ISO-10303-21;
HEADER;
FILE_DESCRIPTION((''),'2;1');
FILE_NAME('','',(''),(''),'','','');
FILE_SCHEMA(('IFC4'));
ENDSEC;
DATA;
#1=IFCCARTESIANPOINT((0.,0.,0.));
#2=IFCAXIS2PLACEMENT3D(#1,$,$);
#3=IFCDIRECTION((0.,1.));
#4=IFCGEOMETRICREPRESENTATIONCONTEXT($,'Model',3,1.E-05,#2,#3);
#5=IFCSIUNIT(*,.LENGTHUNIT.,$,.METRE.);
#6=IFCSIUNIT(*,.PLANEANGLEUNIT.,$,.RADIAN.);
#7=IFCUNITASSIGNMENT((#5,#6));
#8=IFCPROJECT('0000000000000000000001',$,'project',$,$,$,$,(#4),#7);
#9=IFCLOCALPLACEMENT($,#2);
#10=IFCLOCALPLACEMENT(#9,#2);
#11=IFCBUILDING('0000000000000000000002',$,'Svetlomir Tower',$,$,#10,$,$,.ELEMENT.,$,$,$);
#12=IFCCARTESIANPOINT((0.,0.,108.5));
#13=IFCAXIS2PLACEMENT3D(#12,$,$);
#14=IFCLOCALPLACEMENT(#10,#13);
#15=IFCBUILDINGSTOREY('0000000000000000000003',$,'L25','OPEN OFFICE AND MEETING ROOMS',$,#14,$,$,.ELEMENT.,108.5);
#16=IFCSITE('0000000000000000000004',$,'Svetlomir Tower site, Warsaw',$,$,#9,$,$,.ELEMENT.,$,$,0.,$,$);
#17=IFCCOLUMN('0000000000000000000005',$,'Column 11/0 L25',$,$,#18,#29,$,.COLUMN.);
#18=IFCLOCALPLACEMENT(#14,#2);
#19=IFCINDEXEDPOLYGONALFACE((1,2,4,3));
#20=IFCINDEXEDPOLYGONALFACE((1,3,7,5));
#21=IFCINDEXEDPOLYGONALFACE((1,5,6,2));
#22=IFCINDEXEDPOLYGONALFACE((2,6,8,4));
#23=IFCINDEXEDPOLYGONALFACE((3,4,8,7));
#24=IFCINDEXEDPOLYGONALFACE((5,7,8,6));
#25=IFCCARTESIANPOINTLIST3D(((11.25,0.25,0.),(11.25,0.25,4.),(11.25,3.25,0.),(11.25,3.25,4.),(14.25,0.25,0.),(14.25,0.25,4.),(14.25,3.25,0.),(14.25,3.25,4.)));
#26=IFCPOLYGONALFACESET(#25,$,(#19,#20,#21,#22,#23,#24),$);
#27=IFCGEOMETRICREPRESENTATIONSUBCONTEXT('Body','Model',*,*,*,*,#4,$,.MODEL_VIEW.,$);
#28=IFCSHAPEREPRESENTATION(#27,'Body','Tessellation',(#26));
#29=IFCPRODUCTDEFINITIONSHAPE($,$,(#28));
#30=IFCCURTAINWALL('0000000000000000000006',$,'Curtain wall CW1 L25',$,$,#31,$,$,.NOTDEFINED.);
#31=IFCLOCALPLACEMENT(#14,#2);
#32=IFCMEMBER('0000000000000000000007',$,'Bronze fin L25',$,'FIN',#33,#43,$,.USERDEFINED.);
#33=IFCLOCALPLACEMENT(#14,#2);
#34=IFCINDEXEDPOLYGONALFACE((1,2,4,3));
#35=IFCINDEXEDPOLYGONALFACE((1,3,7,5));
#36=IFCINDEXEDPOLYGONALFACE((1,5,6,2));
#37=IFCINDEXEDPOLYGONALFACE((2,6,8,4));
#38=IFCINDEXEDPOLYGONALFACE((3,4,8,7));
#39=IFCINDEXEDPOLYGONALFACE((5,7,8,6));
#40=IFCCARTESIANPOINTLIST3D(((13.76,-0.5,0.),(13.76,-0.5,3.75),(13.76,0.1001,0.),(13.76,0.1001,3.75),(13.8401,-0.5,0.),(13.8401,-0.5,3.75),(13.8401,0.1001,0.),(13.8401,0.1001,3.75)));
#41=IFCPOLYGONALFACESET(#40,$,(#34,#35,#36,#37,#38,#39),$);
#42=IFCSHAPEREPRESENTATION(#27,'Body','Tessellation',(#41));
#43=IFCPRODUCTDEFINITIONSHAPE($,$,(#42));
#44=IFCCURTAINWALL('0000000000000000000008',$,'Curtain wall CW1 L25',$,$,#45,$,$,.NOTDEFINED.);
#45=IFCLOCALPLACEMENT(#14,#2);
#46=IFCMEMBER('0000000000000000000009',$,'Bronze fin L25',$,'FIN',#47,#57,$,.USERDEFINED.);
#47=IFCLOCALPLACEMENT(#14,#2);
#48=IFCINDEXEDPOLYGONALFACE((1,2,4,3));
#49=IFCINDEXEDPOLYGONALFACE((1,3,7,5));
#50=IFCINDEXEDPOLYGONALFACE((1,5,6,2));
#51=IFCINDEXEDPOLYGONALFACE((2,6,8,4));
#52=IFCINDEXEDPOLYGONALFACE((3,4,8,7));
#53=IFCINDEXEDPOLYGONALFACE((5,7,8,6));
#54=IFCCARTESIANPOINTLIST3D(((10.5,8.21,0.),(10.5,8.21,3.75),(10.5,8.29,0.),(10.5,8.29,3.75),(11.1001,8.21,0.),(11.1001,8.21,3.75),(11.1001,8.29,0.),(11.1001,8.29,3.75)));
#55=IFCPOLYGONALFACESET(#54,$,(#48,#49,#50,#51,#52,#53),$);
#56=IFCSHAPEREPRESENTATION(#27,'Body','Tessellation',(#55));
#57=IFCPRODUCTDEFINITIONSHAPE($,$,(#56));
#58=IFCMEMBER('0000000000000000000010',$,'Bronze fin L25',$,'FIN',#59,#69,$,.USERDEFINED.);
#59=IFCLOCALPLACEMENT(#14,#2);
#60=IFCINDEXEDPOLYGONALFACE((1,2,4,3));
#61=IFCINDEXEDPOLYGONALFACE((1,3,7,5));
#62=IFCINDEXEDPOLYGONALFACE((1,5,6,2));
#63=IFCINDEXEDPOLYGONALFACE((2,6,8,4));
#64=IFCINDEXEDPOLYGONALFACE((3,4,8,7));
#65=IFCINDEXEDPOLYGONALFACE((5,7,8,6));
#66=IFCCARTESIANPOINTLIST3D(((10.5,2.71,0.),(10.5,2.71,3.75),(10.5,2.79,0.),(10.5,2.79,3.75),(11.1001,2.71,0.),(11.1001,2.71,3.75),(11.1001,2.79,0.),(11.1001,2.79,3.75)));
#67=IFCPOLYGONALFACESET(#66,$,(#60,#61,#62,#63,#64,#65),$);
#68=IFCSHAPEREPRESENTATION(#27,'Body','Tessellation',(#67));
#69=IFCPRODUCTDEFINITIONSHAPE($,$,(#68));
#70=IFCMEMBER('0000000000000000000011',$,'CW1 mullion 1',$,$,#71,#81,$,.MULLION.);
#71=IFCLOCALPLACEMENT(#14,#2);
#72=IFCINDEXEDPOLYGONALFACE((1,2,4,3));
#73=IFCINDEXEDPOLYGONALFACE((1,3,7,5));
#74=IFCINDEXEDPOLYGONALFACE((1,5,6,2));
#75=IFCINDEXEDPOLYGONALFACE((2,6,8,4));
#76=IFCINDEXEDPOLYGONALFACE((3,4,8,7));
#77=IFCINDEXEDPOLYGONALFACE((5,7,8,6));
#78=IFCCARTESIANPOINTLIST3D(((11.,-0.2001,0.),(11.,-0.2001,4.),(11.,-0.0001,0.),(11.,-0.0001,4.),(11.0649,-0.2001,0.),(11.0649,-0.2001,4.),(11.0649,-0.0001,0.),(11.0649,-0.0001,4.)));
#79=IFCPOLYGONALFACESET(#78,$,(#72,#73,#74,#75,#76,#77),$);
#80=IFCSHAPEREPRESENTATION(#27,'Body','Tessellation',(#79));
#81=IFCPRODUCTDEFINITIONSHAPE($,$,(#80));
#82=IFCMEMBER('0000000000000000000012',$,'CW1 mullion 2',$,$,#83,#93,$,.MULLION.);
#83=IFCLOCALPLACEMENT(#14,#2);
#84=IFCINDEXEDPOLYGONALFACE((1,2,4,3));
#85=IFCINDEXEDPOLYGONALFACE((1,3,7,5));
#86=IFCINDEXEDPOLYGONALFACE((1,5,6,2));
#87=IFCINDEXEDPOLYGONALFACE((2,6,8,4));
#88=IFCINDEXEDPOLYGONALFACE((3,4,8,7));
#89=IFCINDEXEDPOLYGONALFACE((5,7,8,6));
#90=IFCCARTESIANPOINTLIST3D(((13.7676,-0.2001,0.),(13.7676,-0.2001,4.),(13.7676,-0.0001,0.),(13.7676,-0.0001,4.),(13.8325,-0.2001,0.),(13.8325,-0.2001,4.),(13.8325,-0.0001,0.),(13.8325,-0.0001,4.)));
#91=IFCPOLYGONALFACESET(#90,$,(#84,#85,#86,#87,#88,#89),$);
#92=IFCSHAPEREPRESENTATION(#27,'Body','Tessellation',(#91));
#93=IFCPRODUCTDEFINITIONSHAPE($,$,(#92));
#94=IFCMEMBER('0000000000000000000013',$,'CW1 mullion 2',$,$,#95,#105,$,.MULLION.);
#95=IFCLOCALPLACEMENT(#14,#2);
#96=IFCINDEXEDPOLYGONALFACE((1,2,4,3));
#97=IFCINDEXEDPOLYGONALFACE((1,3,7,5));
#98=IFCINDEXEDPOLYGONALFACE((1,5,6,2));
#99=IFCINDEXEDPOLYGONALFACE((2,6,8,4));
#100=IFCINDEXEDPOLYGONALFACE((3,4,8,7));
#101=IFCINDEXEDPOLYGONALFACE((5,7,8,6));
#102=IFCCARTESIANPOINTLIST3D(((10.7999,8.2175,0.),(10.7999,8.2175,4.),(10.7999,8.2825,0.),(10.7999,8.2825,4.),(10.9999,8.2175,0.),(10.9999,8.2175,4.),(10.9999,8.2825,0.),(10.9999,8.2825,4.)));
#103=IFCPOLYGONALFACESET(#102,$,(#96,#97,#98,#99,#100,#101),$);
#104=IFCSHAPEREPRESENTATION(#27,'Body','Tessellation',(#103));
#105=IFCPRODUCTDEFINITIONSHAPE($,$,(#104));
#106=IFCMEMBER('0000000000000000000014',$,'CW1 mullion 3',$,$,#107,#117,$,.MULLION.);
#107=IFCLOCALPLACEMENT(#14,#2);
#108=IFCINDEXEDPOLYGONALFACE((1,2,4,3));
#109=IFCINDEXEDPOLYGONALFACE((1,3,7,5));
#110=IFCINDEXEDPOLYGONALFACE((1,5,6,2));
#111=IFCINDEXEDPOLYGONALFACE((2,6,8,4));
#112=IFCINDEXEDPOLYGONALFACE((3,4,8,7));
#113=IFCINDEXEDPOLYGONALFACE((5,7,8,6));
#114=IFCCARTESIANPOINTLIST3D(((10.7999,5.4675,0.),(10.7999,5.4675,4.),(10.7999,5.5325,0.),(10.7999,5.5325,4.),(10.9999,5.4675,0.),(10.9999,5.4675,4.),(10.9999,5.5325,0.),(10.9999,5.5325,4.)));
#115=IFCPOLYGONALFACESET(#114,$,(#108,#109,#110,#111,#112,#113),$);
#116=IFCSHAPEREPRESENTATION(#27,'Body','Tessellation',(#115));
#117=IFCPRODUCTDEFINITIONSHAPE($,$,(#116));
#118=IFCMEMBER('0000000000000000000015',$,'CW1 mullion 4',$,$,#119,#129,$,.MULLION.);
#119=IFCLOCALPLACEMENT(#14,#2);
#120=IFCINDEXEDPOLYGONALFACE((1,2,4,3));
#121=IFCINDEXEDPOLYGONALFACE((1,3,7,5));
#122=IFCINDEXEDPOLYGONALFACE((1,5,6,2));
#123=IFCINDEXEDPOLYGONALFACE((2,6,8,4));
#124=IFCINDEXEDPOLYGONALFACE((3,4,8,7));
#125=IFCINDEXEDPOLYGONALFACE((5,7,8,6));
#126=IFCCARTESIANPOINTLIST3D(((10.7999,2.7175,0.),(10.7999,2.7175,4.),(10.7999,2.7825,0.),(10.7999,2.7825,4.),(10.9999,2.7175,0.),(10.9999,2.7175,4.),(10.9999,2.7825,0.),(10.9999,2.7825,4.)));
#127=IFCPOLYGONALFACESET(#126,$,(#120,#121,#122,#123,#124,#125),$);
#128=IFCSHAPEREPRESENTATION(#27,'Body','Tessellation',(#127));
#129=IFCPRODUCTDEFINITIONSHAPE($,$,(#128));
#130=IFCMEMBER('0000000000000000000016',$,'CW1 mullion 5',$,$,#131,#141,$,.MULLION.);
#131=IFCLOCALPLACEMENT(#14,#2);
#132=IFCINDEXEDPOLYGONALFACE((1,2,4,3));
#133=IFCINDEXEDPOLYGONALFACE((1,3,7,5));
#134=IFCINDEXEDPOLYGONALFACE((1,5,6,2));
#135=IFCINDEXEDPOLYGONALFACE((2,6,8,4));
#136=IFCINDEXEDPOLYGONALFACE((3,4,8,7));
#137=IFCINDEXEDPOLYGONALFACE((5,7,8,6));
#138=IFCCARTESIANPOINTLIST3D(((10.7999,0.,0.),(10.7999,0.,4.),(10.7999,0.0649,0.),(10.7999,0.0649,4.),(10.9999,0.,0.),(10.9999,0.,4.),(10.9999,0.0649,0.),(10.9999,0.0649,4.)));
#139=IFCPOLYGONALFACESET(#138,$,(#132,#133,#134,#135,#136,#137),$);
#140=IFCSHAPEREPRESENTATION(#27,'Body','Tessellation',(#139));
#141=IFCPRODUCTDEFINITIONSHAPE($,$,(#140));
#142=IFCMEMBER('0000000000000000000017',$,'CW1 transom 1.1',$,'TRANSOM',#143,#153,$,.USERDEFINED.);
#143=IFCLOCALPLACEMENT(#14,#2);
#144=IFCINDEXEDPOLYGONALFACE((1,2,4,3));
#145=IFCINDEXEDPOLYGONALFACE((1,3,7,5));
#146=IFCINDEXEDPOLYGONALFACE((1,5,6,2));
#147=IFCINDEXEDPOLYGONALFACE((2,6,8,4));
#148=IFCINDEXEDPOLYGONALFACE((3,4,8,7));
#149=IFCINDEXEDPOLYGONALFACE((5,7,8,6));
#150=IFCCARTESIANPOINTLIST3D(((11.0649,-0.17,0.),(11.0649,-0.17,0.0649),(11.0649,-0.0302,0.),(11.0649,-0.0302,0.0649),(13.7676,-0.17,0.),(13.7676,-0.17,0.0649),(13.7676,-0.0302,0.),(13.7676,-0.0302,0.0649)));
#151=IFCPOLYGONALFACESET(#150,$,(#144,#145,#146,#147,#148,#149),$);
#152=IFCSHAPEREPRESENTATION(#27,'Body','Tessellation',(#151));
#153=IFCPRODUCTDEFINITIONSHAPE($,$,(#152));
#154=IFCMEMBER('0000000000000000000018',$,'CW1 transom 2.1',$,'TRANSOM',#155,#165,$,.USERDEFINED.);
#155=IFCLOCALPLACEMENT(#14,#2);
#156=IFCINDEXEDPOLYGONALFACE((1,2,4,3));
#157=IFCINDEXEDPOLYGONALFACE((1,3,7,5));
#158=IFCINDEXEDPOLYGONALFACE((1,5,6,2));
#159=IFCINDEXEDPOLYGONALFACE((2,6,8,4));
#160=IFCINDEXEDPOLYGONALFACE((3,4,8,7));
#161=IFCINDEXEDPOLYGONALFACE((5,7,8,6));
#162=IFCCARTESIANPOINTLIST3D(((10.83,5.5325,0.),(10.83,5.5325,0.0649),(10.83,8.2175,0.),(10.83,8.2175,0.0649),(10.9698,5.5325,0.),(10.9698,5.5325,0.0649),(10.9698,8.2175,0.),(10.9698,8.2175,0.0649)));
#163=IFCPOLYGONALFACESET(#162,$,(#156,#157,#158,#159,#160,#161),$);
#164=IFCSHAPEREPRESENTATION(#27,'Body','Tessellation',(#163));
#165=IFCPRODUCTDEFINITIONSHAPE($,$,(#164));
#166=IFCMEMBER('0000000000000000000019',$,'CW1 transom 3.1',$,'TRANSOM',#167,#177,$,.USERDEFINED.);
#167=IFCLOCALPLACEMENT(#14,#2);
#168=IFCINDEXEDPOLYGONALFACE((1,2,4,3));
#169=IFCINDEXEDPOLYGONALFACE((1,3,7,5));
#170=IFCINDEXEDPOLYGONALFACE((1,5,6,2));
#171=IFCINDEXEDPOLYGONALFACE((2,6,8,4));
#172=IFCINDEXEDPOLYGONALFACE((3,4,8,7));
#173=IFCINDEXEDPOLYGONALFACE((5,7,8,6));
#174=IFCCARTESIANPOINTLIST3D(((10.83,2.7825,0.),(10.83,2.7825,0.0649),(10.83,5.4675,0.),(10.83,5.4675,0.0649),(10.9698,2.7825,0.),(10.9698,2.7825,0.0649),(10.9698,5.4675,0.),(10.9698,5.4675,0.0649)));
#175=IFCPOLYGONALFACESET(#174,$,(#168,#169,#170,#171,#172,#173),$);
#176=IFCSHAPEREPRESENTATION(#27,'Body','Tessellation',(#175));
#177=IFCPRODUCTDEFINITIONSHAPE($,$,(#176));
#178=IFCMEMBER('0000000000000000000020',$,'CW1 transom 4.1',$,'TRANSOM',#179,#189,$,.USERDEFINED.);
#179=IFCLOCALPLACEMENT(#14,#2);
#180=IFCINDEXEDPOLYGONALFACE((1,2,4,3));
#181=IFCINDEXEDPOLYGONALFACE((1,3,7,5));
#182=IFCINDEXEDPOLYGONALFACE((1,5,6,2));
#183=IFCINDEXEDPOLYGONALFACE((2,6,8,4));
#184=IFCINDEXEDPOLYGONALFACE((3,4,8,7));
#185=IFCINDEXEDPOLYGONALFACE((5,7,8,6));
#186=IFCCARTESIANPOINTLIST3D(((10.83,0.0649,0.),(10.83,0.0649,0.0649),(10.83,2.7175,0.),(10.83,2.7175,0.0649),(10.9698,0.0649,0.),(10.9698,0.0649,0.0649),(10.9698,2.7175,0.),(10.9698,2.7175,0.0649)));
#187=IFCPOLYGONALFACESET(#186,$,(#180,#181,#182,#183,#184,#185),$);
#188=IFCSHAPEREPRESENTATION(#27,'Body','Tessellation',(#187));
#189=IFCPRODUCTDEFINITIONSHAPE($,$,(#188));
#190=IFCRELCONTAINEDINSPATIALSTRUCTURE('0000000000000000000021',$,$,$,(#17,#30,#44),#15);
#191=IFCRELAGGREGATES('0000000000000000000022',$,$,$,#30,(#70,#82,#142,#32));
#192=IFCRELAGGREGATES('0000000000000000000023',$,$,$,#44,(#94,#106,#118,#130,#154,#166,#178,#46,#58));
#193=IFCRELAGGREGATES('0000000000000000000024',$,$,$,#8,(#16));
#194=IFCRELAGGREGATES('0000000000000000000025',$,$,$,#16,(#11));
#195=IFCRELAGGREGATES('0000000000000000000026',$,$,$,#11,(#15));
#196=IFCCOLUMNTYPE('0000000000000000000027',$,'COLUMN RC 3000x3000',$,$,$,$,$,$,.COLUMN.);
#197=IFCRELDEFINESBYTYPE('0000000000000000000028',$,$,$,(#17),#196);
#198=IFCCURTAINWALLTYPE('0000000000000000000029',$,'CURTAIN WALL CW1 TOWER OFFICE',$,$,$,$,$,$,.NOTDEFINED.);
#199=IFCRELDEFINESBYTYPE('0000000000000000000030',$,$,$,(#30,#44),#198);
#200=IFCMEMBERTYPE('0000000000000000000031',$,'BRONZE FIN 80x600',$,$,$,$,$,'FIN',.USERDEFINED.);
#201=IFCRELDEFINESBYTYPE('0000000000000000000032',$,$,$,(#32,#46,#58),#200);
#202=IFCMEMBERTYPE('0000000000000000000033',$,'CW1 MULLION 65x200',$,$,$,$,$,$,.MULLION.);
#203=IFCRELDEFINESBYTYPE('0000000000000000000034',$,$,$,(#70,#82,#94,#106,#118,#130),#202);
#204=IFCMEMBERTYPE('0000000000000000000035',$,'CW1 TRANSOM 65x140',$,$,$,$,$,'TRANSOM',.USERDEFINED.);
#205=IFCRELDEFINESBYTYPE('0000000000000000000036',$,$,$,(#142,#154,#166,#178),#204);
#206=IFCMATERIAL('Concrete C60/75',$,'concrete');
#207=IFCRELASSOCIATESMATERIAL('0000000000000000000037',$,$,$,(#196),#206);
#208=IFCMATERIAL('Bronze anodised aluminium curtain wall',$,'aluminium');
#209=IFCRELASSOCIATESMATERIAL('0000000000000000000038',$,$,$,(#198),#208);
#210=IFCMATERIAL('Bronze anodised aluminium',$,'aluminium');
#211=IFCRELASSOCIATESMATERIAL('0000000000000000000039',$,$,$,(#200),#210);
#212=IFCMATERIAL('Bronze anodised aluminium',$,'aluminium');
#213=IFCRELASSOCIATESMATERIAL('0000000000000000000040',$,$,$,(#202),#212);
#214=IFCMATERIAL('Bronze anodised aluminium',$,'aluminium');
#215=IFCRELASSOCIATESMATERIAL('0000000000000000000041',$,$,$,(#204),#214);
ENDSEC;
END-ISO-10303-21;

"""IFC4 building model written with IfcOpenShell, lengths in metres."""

from ifc_helpers import new_model, si_unit, direction, frame, origin, origin_2d, place, context, subcontext, project, spatial, rectangle, extrude, material, material_profile, profile_set, type_object, element, aggregate, save


model = new_model("IFC4")

# Units and contexts
model_context = context("Model", 3, precision=1e-05, world=origin(), true_north=direction((0.0, 1.0)))
body_context = subcontext(model_context, "Body", "Model", "MODEL_VIEW")
ifc_project = project(units=[si_unit("LENGTHUNIT", "METRE"), si_unit("PLANEANGLEUNIT", "RADIAN")], contexts=[model_context])

# Site, building, storey
site_placement = place(None, origin())
site = spatial("IfcSite", under=ifc_project, at=site_placement, Name="Svetlomir Tower site, Warsaw", CompositionType="ELEMENT", RefElevation=0.0)
building_placement = place(site_placement, origin())
building = spatial("IfcBuilding", under=site, at=building_placement, Name="Svetlomir Tower", CompositionType="ELEMENT")
storey_placement = place(building_placement, frame((0.0, 0.0, 108.5)))
storey = spatial("IfcBuildingStorey", under=building, at=storey_placement, Name="L25", Description="OPEN OFFICE AND MEETING ROOMS", CompositionType="ELEMENT", Elevation=108.5)

# Column
ifc_material_1 = material(Name="Concrete C60/75", Category="concrete")
ifc_material_profile_1 = material_profile(ifc_material_1, rectangle(XDim=3.0, YDim=3.0, at=origin_2d()), Name="RC 3000x3000")
ifc_profile_set_1 = profile_set([ifc_material_profile_1], Name="Concrete C60/75")
column_type = type_object("IfcColumnType", Name="COLUMN RC 3000x3000", PredefinedType="COLUMN", material=ifc_profile_set_1)
column_placement = place(storey_placement, frame((12.75, 1.75, 0.0), z_axis=(0.0, 0.0, 1.0), x_axis=(1.0, 0.0, 0.0)))
element("IfcColumn", 1, at=column_placement, inside=storey, type_object=column_type, Name="Column 11/0 L25", PredefinedType="COLUMN", context=body_context, shape_type="SweptSolid", body=[
    extrude(rectangle(XDim=3.0, YDim=3.0, at=origin_2d()), origin(), (0.0, 0.0, 1.0), 4.0),
])

# Curtain wall, member
ifc_material_2 = material(Name="Bronze anodised aluminium curtain wall", Category="aluminium")
curtain_wall_type = type_object("IfcCurtainWallType", Name="CURTAIN WALL CW1 TOWER OFFICE", PredefinedType="NOTDEFINED", material=ifc_material_2)
curtain_wall_1_placement = place(storey_placement, origin())
curtain_wall_1 = element("IfcCurtainWall", 2, at=curtain_wall_1_placement, inside=storey, type_object=curtain_wall_type, Name="Curtain wall CW1 L25", PredefinedType="NOTDEFINED")
ifc_material_3 = material(Name="Bronze anodised aluminium", Category="aluminium")
ifc_material_profile_2 = material_profile(ifc_material_3, rectangle(XDim=0.0801, YDim=0.6001, at=origin_2d()), Name="FIN 80x600")
ifc_profile_set_2 = profile_set([ifc_material_profile_2], Name="Bronze anodised aluminium 6063-T6")
member_type_1 = type_object("IfcMemberType", Name="BRONZE FIN 80x600", ElementType="FIN", PredefinedType="USERDEFINED", material=ifc_profile_set_2)
member_1_placement = place(storey_placement, frame((13.8, -0.2, 0.0), z_axis=(0.0, 0.0, 1.0), x_axis=(1.0, 0.0, 0.0)))
member_1 = element("IfcMember", 3, at=member_1_placement, type_object=member_type_1, Name="Bronze fin L25", ObjectType="FIN", PredefinedType="USERDEFINED", context=body_context, shape_type="SweptSolid", body=[
    extrude(rectangle(XDim=0.0801, YDim=0.6001, at=origin_2d()), origin(), (0.0, 0.0, 1.0), 3.75),
])

# Curtain wall, members
curtain_wall_2_placement = place(storey_placement, origin())
curtain_wall_2 = element("IfcCurtainWall", 4, at=curtain_wall_2_placement, inside=storey, type_object=curtain_wall_type, Name="Curtain wall CW1 L25", PredefinedType="NOTDEFINED")
member_2_placement = place(storey_placement, frame((10.8, 8.25, 0.0), z_axis=(0.0, 0.0, 1.0), x_axis=(0.0, 1.0, 0.0)))
member_2 = element("IfcMember", 5, at=member_2_placement, type_object=member_type_1, Name="Bronze fin L25", ObjectType="FIN", PredefinedType="USERDEFINED", context=body_context, shape_type="SweptSolid", body=[
    extrude(rectangle(XDim=0.0801, YDim=0.6001, at=origin_2d()), origin(), (0.0, 0.0, 1.0), 3.75),
])
member_3_placement = place(storey_placement, frame((10.8, 2.75, 0.0), z_axis=(0.0, 0.0, 1.0), x_axis=(0.0, 1.0, 0.0)))
member_3 = element("IfcMember", 6, at=member_3_placement, type_object=member_type_1, Name="Bronze fin L25", ObjectType="FIN", PredefinedType="USERDEFINED", context=body_context, shape_type="SweptSolid", body=[
    extrude(rectangle(XDim=0.0801, YDim=0.6001, at=origin_2d()), origin(), (0.0, 0.0, 1.0), 3.75),
])

# Members
ifc_material_4 = material(Name="Bronze anodised aluminium", Category="aluminium")
ifc_material_profile_3 = material_profile(ifc_material_4, rectangle(XDim=0.0649, YDim=0.2, at=origin_2d()), Name="AL 65x200")
ifc_profile_set_3 = profile_set([ifc_material_profile_3], Name="Bronze anodised aluminium 6063-T6")
member_type_2 = type_object("IfcMemberType", Name="CW1 MULLION 65x200", PredefinedType="MULLION", material=ifc_profile_set_3)
member_4_placement = place(storey_placement, frame((11.0325, -0.1001, 0.0), z_axis=(0.0, 0.0, 1.0), x_axis=(1.0, 0.0, 0.0)))
member_4 = element("IfcMember", 7, at=member_4_placement, type_object=member_type_2, Name="CW1 mullion 1", PredefinedType="MULLION", context=body_context, shape_type="SweptSolid", body=[
    extrude(rectangle(XDim=0.0649, YDim=0.2, at=origin_2d()), origin(), (0.0, 0.0, 1.0), 4.0),
])
member_5_placement = place(storey_placement, frame((13.8, -0.1001, 0.0), z_axis=(0.0, 0.0, 1.0), x_axis=(1.0, 0.0, 0.0)))
member_5 = element("IfcMember", 8, at=member_5_placement, type_object=member_type_2, Name="CW1 mullion 2", PredefinedType="MULLION", context=body_context, shape_type="SweptSolid", body=[
    extrude(rectangle(XDim=0.0649, YDim=0.2, at=origin_2d()), origin(), (0.0, 0.0, 1.0), 4.0),
])
member_6_placement = place(storey_placement, frame((10.8999, 8.25, 0.0), z_axis=(0.0, 0.0, 1.0), x_axis=(0.0, -1.0, 0.0)))
member_6 = element("IfcMember", 9, at=member_6_placement, type_object=member_type_2, Name="CW1 mullion 2", PredefinedType="MULLION", context=body_context, shape_type="SweptSolid", body=[
    extrude(rectangle(XDim=0.0649, YDim=0.2, at=origin_2d()), origin(), (0.0, 0.0, 1.0), 4.0),
])
member_7_placement = place(storey_placement, frame((10.8999, 5.5, 0.0), z_axis=(0.0, 0.0, 1.0), x_axis=(0.0, -1.0, 0.0)))
member_7 = element("IfcMember", 10, at=member_7_placement, type_object=member_type_2, Name="CW1 mullion 3", PredefinedType="MULLION", context=body_context, shape_type="SweptSolid", body=[
    extrude(rectangle(XDim=0.0649, YDim=0.2, at=origin_2d()), origin(), (0.0, 0.0, 1.0), 4.0),
])
member_8_placement = place(storey_placement, frame((10.8999, 2.75, 0.0), z_axis=(0.0, 0.0, 1.0), x_axis=(0.0, -1.0, 0.0)))
member_8 = element("IfcMember", 11, at=member_8_placement, type_object=member_type_2, Name="CW1 mullion 4", PredefinedType="MULLION", context=body_context, shape_type="SweptSolid", body=[
    extrude(rectangle(XDim=0.0649, YDim=0.2, at=origin_2d()), origin(), (0.0, 0.0, 1.0), 4.0),
])
member_9_placement = place(storey_placement, frame((10.8999, 0.0325, 0.0), z_axis=(0.0, 0.0, 1.0), x_axis=(0.0, -1.0, 0.0)))
member_9 = element("IfcMember", 12, at=member_9_placement, type_object=member_type_2, Name="CW1 mullion 5", PredefinedType="MULLION", context=body_context, shape_type="SweptSolid", body=[
    extrude(rectangle(XDim=0.0649, YDim=0.2, at=origin_2d()), origin(), (0.0, 0.0, 1.0), 4.0),
])
ifc_material_5 = material(Name="Bronze anodised aluminium", Category="aluminium")
ifc_material_profile_4 = material_profile(ifc_material_5, rectangle(XDim=0.1399, YDim=0.0649, at=origin_2d()), Name="AL 140x65")
ifc_profile_set_4 = profile_set([ifc_material_profile_4], Name="Bronze anodised aluminium 6063-T6")
member_type_3 = type_object("IfcMemberType", Name="CW1 TRANSOM 65x140", ElementType="TRANSOM", PredefinedType="USERDEFINED", material=ifc_profile_set_4)
member_10_placement = place(storey_placement, frame((11.0649, -0.1001, 0.0325), z_axis=(1.0, 0.0, 0.0), x_axis=(0.0, 1.0, 0.0)))
member_10 = element("IfcMember", 13, at=member_10_placement, type_object=member_type_3, Name="CW1 transom 1.1", ObjectType="TRANSOM", PredefinedType="USERDEFINED", context=body_context, shape_type="SweptSolid", body=[
    extrude(rectangle(XDim=0.1399, YDim=0.0649, at=origin_2d()), origin(), (0.0, 0.0, 1.0), 2.7026),
])
member_11_placement = place(storey_placement, frame((10.8999, 8.2175, 0.0325), z_axis=(0.0, -1.0, 0.0), x_axis=(1.0, 0.0, 0.0)))
member_11 = element("IfcMember", 14, at=member_11_placement, type_object=member_type_3, Name="CW1 transom 2.1", ObjectType="TRANSOM", PredefinedType="USERDEFINED", context=body_context, shape_type="SweptSolid", body=[
    extrude(rectangle(XDim=0.1399, YDim=0.0649, at=origin_2d()), origin(), (0.0, 0.0, 1.0), 2.6851),
])
member_12_placement = place(storey_placement, frame((10.8999, 5.4675, 0.0325), z_axis=(0.0, -1.0, 0.0), x_axis=(1.0, 0.0, 0.0)))
member_12 = element("IfcMember", 15, at=member_12_placement, type_object=member_type_3, Name="CW1 transom 3.1", ObjectType="TRANSOM", PredefinedType="USERDEFINED", context=body_context, shape_type="SweptSolid", body=[
    extrude(rectangle(XDim=0.1399, YDim=0.0649, at=origin_2d()), origin(), (0.0, 0.0, 1.0), 2.6851),
])
member_13_placement = place(storey_placement, frame((10.8999, 2.7175, 0.0325), z_axis=(0.0, -1.0, 0.0), x_axis=(1.0, 0.0, 0.0)))
member_13 = element("IfcMember", 16, at=member_13_placement, type_object=member_type_3, Name="CW1 transom 4.1", ObjectType="TRANSOM", PredefinedType="USERDEFINED", context=body_context, shape_type="SweptSolid", body=[
    extrude(rectangle(XDim=0.1399, YDim=0.0649, at=origin_2d()), origin(), (0.0, 0.0, 1.0), 2.6526),
])

aggregate(curtain_wall_1, [member_4, member_5, member_10, member_1])
aggregate(curtain_wall_2, [member_6, member_7, member_8, member_9, member_11, member_12, member_13, member_2, member_3])

save(model, "model.ifc")
